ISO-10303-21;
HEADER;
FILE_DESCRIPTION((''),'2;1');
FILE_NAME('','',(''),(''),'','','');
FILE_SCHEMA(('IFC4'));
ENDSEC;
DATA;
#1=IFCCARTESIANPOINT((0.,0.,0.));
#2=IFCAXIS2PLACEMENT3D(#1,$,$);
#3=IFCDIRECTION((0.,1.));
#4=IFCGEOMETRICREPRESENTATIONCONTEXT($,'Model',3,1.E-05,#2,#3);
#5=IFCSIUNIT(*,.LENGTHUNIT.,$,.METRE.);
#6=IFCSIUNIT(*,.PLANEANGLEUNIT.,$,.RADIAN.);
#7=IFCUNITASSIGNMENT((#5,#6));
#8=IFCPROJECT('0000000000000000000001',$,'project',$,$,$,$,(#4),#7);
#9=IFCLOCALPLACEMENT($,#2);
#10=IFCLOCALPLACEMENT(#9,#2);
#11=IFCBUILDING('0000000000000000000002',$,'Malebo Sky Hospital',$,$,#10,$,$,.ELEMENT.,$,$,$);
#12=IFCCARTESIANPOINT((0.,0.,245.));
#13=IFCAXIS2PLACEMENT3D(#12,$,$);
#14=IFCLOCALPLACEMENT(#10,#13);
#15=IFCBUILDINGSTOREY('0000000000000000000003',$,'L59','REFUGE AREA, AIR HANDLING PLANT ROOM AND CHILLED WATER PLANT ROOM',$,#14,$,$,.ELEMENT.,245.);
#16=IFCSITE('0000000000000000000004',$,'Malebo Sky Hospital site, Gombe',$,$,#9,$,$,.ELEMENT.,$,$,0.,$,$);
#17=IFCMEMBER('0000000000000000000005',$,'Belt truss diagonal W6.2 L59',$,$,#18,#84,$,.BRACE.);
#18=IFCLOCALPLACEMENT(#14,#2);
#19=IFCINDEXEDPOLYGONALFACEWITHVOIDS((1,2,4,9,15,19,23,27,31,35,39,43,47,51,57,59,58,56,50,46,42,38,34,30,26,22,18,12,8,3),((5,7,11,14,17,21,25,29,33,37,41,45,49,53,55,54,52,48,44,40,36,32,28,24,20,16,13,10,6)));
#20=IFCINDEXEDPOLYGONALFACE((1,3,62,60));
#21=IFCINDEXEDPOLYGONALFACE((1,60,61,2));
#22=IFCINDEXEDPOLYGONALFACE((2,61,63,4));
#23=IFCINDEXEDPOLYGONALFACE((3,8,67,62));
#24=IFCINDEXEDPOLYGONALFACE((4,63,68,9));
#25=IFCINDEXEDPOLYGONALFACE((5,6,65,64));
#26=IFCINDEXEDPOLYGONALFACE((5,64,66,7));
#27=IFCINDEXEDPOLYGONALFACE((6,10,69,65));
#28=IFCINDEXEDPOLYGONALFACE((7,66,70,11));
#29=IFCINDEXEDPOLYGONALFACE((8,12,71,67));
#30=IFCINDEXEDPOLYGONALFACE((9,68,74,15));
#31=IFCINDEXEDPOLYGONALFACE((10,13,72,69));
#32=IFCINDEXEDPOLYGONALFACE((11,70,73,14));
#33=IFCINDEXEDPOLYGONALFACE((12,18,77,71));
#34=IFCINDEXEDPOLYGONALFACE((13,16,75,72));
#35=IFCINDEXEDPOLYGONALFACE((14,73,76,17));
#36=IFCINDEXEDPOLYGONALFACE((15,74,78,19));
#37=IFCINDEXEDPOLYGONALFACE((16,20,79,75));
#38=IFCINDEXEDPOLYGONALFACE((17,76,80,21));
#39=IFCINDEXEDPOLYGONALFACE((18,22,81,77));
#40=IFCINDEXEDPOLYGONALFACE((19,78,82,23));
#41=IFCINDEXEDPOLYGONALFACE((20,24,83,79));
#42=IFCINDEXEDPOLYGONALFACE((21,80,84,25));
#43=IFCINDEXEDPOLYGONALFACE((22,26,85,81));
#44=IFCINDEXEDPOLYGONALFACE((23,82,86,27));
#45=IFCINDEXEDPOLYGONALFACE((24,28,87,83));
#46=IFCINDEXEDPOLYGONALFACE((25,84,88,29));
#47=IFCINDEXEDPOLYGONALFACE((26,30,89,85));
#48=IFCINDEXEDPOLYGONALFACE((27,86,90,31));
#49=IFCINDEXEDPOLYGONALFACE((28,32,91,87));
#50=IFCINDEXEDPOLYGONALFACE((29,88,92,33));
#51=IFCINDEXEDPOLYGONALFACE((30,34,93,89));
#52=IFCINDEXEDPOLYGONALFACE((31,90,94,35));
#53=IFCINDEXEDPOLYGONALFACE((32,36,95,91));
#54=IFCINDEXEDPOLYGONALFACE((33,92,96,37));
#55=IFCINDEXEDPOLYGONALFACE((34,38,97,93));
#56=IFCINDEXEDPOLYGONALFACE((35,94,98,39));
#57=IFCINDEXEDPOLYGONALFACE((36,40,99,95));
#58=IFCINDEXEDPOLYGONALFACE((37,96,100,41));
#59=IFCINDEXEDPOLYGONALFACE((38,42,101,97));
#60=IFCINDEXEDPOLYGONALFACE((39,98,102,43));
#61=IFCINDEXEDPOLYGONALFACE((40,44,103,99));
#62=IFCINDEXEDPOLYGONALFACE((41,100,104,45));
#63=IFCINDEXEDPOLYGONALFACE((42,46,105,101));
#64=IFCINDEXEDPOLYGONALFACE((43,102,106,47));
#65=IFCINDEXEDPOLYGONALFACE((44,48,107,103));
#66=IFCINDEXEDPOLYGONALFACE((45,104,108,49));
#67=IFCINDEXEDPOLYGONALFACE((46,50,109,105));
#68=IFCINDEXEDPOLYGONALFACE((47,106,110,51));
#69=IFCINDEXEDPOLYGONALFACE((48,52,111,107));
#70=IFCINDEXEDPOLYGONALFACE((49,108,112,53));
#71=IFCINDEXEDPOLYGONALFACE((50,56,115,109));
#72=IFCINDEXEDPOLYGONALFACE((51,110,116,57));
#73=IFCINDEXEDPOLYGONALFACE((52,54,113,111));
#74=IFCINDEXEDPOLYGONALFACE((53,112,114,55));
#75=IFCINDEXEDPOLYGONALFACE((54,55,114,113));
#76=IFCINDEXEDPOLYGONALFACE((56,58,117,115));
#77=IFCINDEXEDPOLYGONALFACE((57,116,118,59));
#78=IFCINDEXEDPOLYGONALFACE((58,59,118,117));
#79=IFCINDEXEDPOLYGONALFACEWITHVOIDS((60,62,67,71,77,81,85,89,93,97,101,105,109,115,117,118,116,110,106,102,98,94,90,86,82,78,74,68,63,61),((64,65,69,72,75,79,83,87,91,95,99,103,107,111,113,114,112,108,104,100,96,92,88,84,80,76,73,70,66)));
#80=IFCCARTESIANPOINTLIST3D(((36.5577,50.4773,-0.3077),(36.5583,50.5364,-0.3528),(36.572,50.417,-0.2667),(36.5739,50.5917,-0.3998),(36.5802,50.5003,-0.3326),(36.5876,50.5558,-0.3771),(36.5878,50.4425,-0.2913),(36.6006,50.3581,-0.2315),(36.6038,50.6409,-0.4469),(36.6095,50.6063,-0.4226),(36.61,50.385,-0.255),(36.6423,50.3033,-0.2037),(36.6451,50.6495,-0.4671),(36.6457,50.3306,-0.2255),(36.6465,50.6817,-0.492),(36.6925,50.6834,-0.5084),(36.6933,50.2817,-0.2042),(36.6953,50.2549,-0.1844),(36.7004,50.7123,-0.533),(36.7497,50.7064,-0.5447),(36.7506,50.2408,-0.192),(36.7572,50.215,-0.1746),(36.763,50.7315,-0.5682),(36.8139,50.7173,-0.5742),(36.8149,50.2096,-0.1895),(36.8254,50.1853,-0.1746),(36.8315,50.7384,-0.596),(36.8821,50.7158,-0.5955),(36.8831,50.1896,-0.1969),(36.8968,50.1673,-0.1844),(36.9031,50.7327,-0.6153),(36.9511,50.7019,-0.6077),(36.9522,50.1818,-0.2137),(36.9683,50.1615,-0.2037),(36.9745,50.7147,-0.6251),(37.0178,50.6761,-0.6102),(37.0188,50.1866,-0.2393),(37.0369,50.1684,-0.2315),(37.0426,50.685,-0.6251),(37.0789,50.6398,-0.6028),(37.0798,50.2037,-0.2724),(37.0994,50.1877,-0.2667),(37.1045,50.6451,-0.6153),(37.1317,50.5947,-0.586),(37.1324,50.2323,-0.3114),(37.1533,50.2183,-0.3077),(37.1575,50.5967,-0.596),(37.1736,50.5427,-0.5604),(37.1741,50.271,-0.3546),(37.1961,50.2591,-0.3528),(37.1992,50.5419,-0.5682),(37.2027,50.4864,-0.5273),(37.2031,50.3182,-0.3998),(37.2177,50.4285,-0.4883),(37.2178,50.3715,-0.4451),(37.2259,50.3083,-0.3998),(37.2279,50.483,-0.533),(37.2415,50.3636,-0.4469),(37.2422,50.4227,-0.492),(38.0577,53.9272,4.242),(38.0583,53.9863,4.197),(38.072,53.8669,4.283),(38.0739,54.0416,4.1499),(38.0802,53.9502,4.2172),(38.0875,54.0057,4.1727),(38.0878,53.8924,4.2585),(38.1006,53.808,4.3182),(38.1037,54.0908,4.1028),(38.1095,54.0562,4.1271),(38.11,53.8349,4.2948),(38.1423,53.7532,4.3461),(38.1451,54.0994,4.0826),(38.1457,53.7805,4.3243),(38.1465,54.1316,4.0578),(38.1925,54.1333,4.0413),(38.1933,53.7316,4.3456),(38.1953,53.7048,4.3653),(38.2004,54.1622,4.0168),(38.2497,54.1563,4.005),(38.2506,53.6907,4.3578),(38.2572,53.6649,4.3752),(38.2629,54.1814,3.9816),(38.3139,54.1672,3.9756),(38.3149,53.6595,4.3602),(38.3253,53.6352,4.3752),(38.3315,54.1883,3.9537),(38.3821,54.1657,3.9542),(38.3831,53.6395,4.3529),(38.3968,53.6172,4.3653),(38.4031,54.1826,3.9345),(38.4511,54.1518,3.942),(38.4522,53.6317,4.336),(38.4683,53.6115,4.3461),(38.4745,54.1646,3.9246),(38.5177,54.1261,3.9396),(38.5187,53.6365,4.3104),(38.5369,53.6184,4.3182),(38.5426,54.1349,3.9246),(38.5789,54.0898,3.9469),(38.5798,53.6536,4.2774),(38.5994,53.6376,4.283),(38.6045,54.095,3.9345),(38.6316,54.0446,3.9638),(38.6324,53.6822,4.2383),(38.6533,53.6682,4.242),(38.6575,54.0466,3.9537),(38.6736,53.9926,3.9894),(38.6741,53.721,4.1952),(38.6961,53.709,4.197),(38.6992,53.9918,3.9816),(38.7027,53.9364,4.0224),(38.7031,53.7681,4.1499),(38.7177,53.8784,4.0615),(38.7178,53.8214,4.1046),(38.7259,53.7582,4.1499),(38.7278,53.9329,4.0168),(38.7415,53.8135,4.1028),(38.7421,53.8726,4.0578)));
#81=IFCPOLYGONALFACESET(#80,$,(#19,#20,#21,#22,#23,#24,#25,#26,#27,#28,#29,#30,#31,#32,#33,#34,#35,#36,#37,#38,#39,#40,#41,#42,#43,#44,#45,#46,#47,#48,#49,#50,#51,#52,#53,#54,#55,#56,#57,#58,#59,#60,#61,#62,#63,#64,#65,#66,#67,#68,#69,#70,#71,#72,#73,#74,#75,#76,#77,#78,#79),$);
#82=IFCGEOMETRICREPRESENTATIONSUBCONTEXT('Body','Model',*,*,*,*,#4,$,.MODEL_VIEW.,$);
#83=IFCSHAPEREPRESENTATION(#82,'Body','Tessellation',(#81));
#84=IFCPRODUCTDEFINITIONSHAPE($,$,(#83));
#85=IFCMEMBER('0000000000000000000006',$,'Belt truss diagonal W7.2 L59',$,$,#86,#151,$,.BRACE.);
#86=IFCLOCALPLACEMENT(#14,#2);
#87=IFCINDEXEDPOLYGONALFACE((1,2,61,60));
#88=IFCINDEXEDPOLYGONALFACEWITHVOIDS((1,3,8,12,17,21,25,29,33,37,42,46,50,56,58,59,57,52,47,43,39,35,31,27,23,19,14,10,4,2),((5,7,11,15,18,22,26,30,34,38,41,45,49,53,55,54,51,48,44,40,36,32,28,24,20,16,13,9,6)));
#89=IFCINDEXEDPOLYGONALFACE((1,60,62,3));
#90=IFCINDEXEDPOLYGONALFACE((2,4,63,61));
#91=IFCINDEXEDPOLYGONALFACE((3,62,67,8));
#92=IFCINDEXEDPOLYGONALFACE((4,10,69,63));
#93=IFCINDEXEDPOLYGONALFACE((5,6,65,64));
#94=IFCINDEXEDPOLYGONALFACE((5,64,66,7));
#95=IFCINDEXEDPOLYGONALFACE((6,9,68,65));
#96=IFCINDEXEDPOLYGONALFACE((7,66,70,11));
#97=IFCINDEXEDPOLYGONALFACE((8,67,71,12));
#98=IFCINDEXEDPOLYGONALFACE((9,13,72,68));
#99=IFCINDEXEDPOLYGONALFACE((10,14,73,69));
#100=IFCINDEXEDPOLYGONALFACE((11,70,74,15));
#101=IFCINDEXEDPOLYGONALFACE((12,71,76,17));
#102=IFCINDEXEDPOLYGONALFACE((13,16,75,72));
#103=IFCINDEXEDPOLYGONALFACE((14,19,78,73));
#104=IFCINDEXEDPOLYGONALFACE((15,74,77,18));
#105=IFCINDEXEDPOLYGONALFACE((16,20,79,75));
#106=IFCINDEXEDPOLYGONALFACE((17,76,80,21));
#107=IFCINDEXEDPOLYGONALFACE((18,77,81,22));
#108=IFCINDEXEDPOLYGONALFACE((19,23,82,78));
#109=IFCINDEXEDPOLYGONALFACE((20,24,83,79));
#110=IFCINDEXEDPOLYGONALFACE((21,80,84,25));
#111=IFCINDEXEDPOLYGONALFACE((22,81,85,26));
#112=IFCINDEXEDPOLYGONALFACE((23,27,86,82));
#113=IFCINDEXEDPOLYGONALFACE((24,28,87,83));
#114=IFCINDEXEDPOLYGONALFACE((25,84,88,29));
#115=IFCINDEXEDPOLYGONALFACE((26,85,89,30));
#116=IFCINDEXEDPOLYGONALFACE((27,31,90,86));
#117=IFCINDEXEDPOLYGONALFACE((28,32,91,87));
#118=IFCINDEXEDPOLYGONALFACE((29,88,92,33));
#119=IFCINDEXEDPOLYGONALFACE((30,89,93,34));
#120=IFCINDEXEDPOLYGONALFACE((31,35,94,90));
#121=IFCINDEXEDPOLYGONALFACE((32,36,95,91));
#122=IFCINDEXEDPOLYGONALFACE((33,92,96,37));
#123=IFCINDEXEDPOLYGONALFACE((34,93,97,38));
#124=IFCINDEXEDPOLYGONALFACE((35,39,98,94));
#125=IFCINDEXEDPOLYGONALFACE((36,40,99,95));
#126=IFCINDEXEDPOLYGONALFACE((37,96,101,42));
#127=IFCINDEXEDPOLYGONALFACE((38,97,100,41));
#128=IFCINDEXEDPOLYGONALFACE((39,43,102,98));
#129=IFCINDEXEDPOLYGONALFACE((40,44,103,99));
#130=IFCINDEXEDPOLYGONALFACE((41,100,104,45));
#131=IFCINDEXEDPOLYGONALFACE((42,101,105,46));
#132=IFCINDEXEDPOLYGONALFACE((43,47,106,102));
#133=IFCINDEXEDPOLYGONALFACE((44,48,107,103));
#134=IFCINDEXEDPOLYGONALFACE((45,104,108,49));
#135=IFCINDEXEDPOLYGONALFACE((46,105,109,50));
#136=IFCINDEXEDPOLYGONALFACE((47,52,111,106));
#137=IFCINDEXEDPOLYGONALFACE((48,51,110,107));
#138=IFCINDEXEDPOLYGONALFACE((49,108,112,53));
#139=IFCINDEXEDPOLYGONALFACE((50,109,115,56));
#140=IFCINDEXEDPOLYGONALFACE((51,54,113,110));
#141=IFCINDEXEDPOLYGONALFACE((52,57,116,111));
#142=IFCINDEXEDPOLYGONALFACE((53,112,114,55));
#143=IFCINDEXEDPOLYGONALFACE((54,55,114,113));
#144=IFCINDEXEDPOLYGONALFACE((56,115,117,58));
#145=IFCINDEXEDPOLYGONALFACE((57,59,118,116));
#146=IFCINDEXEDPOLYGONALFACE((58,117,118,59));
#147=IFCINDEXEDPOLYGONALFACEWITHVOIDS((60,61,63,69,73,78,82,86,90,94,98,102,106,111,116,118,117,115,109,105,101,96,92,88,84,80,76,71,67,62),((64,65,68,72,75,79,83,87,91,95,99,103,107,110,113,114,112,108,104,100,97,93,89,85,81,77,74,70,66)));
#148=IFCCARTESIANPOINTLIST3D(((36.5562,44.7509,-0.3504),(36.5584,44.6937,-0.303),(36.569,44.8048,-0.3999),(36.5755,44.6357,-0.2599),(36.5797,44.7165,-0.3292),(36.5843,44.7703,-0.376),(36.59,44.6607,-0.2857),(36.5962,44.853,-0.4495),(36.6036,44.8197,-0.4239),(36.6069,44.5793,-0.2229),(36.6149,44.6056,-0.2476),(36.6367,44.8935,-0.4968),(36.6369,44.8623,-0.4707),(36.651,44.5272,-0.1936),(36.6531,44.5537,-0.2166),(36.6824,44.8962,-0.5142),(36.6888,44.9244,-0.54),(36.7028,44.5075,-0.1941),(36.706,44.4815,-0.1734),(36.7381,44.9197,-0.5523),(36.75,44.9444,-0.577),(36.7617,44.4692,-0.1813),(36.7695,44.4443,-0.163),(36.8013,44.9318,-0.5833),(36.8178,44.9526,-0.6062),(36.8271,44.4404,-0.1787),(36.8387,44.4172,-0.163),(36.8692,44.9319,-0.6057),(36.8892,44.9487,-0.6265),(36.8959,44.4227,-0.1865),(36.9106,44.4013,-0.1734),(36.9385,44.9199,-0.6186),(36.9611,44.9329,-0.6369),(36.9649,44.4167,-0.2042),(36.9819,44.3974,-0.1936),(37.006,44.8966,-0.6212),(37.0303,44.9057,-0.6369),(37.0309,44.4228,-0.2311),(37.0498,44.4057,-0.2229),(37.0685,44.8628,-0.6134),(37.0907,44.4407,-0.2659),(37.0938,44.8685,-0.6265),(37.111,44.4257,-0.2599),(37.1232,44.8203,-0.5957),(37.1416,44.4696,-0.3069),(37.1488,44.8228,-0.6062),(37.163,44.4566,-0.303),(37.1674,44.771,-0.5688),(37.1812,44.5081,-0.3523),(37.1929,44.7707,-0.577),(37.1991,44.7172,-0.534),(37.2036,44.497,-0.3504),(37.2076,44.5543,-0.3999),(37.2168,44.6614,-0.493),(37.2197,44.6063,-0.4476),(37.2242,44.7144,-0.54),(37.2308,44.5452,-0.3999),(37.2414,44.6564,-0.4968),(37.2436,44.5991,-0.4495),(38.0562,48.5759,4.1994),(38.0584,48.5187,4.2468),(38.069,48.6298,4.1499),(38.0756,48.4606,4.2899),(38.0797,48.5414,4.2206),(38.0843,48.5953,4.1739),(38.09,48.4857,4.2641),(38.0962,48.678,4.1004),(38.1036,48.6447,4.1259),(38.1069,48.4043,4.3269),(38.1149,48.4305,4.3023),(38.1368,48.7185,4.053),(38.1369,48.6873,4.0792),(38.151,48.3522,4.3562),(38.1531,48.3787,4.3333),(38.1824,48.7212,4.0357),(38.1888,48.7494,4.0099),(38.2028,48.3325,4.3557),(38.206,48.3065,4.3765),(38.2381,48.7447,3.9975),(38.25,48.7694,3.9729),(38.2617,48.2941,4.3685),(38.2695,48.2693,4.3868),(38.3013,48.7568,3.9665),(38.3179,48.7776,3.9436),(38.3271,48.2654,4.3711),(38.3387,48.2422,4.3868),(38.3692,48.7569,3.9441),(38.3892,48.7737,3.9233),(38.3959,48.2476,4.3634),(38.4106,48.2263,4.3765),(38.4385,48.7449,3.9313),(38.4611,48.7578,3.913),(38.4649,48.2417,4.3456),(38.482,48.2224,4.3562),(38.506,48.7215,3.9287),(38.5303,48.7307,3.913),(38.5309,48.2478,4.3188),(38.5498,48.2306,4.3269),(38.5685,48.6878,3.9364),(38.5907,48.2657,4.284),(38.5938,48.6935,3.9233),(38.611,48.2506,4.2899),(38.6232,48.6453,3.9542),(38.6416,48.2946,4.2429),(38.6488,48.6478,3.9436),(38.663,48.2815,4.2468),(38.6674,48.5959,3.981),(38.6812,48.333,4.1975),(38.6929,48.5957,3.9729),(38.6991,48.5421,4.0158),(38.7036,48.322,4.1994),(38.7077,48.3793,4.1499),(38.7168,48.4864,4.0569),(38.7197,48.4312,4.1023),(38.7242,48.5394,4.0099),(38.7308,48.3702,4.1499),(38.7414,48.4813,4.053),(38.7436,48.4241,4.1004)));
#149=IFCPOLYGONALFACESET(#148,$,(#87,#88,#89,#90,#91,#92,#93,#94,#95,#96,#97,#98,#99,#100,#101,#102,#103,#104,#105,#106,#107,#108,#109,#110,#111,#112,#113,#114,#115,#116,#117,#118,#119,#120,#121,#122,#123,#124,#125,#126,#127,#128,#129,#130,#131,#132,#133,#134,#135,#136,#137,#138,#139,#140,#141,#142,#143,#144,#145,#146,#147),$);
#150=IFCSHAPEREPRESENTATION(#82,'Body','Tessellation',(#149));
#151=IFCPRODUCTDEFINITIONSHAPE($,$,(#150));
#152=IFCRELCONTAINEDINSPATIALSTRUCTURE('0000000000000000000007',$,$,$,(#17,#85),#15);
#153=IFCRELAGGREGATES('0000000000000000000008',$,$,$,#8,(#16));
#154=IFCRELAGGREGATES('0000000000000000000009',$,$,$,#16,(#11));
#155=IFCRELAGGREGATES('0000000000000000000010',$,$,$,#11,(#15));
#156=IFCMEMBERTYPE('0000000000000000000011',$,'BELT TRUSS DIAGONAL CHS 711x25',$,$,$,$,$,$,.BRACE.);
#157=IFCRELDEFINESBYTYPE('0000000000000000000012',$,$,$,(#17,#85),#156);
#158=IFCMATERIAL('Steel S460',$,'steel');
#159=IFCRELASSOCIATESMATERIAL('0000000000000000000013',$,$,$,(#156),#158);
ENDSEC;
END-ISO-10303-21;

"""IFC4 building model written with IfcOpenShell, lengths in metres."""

from ifc_helpers import new_model, si_unit, direction, frame, origin, origin_2d, place, context, subcontext, project, spatial, hollow_circle, extrude, material, material_profile, profile_set, type_object, element, save


model = new_model("IFC4")

# Units and contexts
model_context = context("Model", 3, precision=1e-05, world=origin(), true_north=direction((0.0, 1.0)))
body_context = subcontext(model_context, "Body", "Model", "MODEL_VIEW")
ifc_project = project(units=[si_unit("LENGTHUNIT", "METRE"), si_unit("PLANEANGLEUNIT", "RADIAN")], contexts=[model_context])

# Site, building, storey
site_placement = place(None, origin())
site = spatial("IfcSite", under=ifc_project, at=site_placement, Name="Malebo Sky Hospital site, Gombe", CompositionType="ELEMENT", RefElevation=0.0)
building_placement = place(site_placement, origin())
building = spatial("IfcBuilding", under=site, at=building_placement, Name="Malebo Sky Hospital", CompositionType="ELEMENT")
storey_placement = place(building_placement, frame((0.0, 0.0, 245.0)))
storey = spatial("IfcBuildingStorey", under=building, at=storey_placement, Name="L59", Description="REFUGE AREA, AIR HANDLING PLANT ROOM AND CHILLED WATER PLANT ROOM", CompositionType="ELEMENT", Elevation=245.0)

# Members
ifc_material_1 = material(Name="Steel S460", Category="steel")
ifc_material_profile_1 = material_profile(ifc_material_1, hollow_circle(Radius=0.3555, WallThickness=0.0249, at=origin_2d()), Name="CHS 711x25")
ifc_profile_set_1 = profile_set([ifc_material_profile_1], Name="Steel S460")
member_type_1 = type_object("IfcMemberType", Name="BELT TRUSS DIAGONAL CHS 711x25", PredefinedType="BRACE", material=ifc_profile_set_1)
member_1_placement = place(storey_placement, frame((38.3999, 53.8999, 4.1499), z_axis=(-0.254081, -0.584378, -0.770679), x_axis=(0.917068, -0.398731, 0.0)))
element("IfcMember", 1, at=member_1_placement, inside=storey, type_object=member_type_1, Name="Belt truss diagonal W6.2 L59", PredefinedType="BRACE", context=body_context, shape_type="SweptSolid", body=[
    extrude(hollow_circle(Radius=0.3555, WallThickness=0.0249, at=origin_2d()), origin(), (0.0, 0.0, 1.0), 5.9036),
])
member_2_placement = place(storey_placement, frame((38.3999, 48.5, 4.1499), z_axis=(-0.244685, -0.623939, -0.742179), x_axis=(0.930972, -0.365092, 0.0)))
element("IfcMember", 2, at=member_2_placement, inside=storey, type_object=member_type_1, Name="Belt truss diagonal W7.2 L59", PredefinedType="BRACE", context=body_context, shape_type="SweptSolid", body=[
    extrude(hollow_circle(Radius=0.3555, WallThickness=0.0249, at=origin_2d()), origin(), (0.0, 0.0, 1.0), 6.1304),
])

save(model, "model.ifc")
